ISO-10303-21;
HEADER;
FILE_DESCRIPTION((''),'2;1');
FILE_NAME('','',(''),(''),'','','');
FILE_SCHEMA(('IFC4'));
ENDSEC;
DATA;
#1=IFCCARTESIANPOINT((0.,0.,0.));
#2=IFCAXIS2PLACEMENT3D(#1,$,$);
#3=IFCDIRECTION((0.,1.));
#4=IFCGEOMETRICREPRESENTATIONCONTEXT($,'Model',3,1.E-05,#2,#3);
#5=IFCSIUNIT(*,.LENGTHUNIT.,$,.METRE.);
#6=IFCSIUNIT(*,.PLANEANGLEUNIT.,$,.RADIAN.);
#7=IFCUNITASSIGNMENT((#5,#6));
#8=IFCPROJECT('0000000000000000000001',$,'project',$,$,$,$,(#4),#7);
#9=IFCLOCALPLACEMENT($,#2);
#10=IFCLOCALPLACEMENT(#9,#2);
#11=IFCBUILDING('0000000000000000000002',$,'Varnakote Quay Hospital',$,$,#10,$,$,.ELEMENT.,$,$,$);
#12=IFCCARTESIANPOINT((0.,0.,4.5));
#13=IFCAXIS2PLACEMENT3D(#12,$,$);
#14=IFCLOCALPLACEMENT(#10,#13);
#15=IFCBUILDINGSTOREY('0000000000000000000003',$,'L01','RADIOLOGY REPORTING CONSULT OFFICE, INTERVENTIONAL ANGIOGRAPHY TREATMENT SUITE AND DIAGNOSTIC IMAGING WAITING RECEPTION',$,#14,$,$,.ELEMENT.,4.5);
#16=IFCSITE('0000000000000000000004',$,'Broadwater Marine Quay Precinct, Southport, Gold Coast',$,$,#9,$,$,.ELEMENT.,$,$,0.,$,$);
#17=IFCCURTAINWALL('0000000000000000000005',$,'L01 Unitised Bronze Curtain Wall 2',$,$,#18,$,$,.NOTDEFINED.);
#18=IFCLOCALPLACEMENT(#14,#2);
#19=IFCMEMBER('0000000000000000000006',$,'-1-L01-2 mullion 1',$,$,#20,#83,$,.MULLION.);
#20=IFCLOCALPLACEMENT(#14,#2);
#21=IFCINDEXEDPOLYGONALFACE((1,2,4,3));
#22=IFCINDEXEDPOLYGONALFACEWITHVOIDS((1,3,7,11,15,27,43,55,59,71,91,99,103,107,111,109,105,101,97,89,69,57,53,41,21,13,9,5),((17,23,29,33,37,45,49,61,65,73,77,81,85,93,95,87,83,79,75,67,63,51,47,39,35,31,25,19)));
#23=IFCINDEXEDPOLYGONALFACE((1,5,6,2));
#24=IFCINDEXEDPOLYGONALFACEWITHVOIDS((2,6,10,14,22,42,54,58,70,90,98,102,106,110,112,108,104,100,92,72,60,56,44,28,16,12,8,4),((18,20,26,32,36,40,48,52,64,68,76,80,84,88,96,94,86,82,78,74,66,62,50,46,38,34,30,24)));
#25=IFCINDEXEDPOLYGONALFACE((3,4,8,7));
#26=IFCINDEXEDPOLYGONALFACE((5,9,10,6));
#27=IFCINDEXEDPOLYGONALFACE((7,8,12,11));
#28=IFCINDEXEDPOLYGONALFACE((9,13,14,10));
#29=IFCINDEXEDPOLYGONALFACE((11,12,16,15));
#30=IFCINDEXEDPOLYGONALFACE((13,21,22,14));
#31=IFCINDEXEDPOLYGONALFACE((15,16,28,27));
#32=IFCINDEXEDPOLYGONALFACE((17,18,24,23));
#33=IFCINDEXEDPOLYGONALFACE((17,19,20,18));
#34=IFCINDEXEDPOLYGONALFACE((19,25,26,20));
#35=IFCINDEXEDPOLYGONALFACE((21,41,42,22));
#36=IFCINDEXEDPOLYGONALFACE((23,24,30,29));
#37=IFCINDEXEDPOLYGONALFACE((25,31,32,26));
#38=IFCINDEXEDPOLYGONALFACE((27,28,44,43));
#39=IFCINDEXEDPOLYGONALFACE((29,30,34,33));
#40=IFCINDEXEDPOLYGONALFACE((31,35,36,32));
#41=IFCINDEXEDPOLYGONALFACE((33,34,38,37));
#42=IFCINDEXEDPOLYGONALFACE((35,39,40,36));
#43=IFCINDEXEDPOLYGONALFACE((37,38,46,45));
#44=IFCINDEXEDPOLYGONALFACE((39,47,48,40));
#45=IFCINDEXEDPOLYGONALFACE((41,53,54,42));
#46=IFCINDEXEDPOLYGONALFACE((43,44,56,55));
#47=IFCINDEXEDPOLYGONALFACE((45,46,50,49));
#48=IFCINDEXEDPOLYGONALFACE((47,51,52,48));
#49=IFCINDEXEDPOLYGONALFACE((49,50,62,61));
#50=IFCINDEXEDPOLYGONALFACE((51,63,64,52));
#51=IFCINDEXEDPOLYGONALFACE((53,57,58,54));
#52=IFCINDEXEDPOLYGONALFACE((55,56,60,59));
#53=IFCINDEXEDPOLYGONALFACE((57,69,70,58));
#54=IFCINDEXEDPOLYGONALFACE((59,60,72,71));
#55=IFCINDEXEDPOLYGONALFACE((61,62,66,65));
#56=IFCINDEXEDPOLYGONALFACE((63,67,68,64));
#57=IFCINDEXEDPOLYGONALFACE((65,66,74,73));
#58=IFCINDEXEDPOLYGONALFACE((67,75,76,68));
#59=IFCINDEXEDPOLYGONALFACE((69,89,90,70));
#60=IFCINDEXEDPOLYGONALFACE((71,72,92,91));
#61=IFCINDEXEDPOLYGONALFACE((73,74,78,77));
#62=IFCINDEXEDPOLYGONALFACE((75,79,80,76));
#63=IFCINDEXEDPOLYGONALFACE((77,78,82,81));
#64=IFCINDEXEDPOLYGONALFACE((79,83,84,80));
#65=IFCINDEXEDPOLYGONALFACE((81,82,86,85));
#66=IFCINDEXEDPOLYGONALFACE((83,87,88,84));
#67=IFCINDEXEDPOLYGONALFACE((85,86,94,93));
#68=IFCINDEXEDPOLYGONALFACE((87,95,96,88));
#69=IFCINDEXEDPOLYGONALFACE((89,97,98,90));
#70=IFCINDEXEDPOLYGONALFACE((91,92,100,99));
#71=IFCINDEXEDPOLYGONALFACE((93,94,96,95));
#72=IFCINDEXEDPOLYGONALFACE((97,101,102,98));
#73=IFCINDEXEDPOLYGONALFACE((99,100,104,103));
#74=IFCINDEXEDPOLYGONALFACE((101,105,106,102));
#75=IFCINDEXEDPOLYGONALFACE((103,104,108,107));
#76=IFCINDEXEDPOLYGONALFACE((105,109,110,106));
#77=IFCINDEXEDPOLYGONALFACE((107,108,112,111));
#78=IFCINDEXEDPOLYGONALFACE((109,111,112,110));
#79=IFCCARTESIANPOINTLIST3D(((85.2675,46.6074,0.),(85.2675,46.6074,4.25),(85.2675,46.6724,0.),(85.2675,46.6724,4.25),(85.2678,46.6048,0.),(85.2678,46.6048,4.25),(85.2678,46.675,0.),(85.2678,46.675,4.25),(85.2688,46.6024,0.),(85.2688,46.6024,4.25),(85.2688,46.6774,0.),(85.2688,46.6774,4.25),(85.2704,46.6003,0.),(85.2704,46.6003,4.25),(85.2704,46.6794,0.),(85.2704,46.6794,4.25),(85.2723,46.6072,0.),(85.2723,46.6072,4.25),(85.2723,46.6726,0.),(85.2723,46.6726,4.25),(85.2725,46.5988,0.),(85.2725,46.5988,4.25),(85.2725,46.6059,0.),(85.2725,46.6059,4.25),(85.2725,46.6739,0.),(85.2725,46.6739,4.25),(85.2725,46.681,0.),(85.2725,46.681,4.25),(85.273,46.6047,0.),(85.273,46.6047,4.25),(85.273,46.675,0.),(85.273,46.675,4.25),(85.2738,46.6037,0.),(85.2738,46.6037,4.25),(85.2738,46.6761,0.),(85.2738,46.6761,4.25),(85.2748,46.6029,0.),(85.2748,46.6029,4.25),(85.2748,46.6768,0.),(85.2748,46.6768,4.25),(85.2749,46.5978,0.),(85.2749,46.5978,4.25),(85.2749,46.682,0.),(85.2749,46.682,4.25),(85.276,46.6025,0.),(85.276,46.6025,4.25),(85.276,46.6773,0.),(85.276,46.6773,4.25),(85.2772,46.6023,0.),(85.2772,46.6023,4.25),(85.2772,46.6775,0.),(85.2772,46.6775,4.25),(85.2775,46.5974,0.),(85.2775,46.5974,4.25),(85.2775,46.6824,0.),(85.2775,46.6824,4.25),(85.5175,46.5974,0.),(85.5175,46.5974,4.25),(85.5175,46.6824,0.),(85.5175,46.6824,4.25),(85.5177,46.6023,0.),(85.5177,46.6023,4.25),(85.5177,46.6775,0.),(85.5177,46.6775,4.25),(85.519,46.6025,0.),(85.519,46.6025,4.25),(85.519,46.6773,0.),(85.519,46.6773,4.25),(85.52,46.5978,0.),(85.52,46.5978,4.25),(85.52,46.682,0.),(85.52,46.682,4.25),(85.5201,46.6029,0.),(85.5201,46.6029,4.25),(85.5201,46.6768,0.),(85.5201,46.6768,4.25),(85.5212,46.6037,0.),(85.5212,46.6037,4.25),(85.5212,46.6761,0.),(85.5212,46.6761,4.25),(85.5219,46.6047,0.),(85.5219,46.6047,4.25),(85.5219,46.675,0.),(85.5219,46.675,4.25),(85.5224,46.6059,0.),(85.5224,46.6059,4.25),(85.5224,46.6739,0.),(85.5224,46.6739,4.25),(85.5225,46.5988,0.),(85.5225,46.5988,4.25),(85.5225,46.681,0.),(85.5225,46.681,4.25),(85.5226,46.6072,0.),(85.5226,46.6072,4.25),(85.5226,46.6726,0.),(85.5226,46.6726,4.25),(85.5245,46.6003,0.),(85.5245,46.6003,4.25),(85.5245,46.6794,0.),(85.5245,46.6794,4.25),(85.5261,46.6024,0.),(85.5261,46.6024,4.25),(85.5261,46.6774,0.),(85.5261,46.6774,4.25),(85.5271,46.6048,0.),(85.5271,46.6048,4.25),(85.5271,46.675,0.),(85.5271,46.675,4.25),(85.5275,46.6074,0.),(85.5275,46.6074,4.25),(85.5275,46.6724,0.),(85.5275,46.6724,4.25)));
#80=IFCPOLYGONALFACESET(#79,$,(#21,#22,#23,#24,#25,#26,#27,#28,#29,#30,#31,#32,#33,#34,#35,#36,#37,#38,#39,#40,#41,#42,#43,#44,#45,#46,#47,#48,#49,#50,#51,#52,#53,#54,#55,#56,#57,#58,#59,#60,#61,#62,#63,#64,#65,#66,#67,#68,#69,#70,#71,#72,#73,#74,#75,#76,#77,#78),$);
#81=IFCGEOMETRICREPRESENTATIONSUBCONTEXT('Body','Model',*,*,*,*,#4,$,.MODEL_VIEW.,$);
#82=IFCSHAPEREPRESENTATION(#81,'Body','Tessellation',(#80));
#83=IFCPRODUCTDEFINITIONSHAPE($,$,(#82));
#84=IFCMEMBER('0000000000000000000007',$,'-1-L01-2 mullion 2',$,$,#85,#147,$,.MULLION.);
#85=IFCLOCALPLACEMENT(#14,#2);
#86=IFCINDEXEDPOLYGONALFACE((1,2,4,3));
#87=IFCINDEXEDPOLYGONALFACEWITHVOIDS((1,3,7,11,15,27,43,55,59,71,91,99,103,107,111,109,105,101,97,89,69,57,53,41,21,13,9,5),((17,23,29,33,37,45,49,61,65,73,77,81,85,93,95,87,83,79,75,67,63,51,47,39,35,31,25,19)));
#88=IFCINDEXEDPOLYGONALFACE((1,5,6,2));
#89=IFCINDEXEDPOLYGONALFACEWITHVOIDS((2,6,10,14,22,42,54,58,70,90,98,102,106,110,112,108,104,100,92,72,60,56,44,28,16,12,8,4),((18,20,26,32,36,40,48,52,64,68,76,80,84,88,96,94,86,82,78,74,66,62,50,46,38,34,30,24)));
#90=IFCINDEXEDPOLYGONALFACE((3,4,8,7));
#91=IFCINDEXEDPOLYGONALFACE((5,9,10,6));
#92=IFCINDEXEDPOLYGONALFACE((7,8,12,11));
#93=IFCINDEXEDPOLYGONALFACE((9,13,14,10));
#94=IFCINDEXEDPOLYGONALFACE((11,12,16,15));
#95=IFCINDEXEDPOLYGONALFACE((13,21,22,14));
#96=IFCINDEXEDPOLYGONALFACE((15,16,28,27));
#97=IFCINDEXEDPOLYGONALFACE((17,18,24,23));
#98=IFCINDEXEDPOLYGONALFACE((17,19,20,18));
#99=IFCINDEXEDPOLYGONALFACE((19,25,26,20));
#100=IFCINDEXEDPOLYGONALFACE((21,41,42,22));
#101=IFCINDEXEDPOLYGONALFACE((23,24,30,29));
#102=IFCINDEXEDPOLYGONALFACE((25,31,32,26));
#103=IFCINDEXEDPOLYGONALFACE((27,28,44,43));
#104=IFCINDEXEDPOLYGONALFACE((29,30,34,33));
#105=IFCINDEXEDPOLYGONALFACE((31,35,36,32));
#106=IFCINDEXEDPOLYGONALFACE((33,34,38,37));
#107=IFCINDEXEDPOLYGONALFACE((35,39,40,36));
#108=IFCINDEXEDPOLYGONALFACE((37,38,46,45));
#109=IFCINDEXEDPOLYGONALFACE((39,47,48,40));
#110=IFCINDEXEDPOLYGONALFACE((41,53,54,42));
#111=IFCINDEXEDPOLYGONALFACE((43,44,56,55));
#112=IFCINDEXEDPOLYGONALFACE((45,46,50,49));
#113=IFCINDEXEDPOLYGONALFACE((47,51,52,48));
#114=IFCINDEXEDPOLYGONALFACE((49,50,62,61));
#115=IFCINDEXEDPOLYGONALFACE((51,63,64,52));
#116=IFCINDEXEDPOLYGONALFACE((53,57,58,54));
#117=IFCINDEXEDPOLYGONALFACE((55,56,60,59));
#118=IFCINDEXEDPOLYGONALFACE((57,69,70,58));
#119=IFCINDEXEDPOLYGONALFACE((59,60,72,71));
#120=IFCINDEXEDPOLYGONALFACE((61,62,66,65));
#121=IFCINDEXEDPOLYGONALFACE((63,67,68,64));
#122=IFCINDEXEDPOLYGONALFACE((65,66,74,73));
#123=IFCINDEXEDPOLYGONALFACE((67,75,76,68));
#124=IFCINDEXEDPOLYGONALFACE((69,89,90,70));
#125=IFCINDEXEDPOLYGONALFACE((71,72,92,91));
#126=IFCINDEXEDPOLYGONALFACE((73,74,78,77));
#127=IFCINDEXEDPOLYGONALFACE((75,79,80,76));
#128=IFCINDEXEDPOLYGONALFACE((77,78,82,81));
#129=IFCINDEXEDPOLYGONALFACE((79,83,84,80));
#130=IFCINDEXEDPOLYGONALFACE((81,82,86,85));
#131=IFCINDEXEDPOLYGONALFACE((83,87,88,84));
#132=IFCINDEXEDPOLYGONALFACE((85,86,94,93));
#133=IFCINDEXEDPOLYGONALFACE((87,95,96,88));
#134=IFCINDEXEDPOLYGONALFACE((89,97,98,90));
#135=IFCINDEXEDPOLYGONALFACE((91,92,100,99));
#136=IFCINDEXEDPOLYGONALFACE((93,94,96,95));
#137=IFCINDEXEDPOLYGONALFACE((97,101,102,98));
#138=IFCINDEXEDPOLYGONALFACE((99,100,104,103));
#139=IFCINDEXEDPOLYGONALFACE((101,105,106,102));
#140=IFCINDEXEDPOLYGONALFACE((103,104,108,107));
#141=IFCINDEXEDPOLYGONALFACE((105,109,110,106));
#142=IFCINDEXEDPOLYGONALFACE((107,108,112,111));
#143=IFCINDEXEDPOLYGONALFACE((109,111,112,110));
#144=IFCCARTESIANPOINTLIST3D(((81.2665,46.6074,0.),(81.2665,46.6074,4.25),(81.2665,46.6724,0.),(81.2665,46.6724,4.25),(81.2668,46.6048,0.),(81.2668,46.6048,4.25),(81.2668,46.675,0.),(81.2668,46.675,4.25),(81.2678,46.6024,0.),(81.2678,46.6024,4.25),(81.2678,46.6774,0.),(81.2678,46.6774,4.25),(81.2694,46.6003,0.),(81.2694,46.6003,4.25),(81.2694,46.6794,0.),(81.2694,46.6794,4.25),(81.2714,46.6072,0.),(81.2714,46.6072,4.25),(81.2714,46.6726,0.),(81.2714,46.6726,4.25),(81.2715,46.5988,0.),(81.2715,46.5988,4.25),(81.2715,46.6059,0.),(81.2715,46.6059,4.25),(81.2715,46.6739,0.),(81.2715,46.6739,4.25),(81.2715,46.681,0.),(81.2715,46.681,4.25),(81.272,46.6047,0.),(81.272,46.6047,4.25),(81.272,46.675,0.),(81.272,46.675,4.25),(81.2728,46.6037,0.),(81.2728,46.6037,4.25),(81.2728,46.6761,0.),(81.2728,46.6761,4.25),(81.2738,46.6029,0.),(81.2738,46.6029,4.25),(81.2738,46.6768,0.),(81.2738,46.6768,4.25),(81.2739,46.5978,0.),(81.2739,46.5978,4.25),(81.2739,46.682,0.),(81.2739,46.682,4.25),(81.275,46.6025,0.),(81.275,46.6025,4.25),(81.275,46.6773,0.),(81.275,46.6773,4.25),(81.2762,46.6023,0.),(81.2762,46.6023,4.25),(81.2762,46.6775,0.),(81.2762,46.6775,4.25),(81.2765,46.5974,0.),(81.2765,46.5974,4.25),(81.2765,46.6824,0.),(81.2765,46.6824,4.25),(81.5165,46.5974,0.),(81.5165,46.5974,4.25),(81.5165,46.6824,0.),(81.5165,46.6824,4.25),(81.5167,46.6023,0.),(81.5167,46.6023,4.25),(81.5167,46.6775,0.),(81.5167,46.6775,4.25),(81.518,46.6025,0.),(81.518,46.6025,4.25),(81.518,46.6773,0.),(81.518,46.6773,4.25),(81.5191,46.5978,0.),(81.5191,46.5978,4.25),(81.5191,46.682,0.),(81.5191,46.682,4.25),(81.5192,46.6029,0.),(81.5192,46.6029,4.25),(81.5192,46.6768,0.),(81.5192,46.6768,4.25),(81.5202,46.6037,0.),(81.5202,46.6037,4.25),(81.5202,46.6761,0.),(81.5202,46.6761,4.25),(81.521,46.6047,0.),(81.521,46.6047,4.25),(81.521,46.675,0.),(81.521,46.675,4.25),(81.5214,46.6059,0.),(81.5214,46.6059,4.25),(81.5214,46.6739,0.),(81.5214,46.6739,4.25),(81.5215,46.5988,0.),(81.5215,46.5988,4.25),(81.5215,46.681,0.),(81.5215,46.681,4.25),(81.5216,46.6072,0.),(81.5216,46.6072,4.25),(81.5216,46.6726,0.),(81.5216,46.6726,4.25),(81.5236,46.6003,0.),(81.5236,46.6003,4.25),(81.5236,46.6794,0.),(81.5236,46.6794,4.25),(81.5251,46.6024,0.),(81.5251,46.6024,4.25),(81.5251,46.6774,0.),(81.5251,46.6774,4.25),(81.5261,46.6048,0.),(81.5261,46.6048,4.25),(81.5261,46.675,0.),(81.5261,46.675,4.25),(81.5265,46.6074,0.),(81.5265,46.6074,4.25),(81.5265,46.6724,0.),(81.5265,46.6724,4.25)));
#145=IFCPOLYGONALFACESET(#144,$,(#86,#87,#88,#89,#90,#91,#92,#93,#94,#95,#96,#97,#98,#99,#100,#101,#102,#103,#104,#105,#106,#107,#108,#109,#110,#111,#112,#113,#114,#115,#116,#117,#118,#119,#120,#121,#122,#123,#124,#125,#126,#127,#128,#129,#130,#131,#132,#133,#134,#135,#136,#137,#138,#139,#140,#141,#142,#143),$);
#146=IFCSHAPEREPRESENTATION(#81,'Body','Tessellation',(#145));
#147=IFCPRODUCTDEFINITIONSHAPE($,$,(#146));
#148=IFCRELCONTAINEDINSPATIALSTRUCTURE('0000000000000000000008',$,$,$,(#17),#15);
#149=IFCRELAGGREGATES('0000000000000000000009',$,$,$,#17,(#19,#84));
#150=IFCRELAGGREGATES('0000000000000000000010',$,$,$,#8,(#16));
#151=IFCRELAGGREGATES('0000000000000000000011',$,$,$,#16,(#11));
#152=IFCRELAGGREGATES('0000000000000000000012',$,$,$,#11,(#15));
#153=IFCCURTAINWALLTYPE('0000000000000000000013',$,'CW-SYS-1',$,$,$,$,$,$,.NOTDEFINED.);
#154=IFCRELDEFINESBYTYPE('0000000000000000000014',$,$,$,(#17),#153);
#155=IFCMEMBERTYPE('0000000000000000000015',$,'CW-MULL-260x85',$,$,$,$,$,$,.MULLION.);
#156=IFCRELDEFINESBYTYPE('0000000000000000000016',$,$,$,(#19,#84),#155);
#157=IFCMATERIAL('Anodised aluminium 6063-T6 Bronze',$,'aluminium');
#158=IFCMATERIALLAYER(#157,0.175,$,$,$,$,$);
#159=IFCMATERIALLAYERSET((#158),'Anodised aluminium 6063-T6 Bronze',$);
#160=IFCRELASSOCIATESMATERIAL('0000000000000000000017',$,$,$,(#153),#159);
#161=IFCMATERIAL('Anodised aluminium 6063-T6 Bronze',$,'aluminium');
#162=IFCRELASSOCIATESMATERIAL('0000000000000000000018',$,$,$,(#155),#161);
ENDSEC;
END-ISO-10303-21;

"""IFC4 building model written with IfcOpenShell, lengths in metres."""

from ifc_helpers import new_model, si_unit, direction, frame, origin, origin_2d, place, context, subcontext, project, spatial, hollow_rectangle, extrude, material, layer, layer_set, material_profile, profile_set, type_object, element, aggregate, save


model = new_model("IFC4")

# Units and contexts
model_context = context("Model", 3, precision=1e-05, world=origin(), true_north=direction((0.0, 1.0)))
body_context = subcontext(model_context, "Body", "Model", "MODEL_VIEW")
ifc_project = project(units=[si_unit("LENGTHUNIT", "METRE"), si_unit("PLANEANGLEUNIT", "RADIAN")], contexts=[model_context])

# Site, building, storey
site_placement = place(None, origin())
site = spatial("IfcSite", under=ifc_project, at=site_placement, Name="Broadwater Marine Quay Precinct, Southport, Gold Coast", CompositionType="ELEMENT", RefElevation=0.0)
building_placement = place(site_placement, origin())
building = spatial("IfcBuilding", under=site, at=building_placement, Name="Varnakote Quay Hospital", CompositionType="ELEMENT")
storey_placement = place(building_placement, frame((0.0, 0.0, 4.5)))
storey = spatial("IfcBuildingStorey", under=building, at=storey_placement, Name="L01", Description="RADIOLOGY REPORTING CONSULT OFFICE, INTERVENTIONAL ANGIOGRAPHY TREATMENT SUITE AND DIAGNOSTIC IMAGING WAITING RECEPTION", CompositionType="ELEMENT", Elevation=4.5)

# Shared definitions
ifc_material_1 = material(Name="Anodised aluminium 6063-T6 Bronze", Category="aluminium")
ifc_layer_1 = layer(ifc_material_1, 0.175)
ifc_layer_set_1 = layer_set([ifc_layer_1], Name="Anodised aluminium 6063-T6 Bronze")
curtain_wall_type = type_object("IfcCurtainWallType", Name="CW-SYS-1", PredefinedType="NOTDEFINED", material=ifc_layer_set_1)
ifc_material_2 = material(Name="Anodised aluminium 6063-T6 Bronze", Category="aluminium")
ifc_material_profile_1 = material_profile(ifc_material_2, hollow_rectangle(XDim=0.085, YDim=0.26, WallThickness=0.0049, InnerFilletRadius=0.0049, OuterFilletRadius=0.01, at=origin_2d()), Name="CW-MULL-260x85")
ifc_profile_set_1 = profile_set([ifc_material_profile_1], Name="Anodised aluminium 6063-T6 Bronze")
member_type_1 = type_object("IfcMemberType", Name="CW-MULL-260x85", PredefinedType="MULLION", material=ifc_profile_set_1)

# Curtain wall, members
curtain_wall_1_placement = place(storey_placement, origin())
curtain_wall_1 = element("IfcCurtainWall", 1, at=curtain_wall_1_placement, inside=storey, type_object=curtain_wall_type, Name="L01 Unitised Bronze Curtain Wall 2", PredefinedType="NOTDEFINED")
member_1_placement = place(storey_placement, frame((85.3975, 46.6399, 0.0), z_axis=(0.0, 0.0, 1.0), x_axis=(0.0, -1.0, 0.0)))
member_1 = element("IfcMember", 2, at=member_1_placement, type_object=member_type_1, Name="-1-L01-2 mullion 1", PredefinedType="MULLION", context=body_context, shape_type="SweptSolid", body=[
    extrude(hollow_rectangle(XDim=0.085, YDim=0.26, WallThickness=0.0049, InnerFilletRadius=0.0049, OuterFilletRadius=0.01, at=origin_2d()), origin(), (0.0, 0.0, 1.0), 4.25),
])
member_2_placement = place(storey_placement, frame((81.3965, 46.6399, 0.0), z_axis=(0.0, 0.0, 1.0), x_axis=(0.0, -1.0, 0.0)))
member_2 = element("IfcMember", 3, at=member_2_placement, type_object=member_type_1, Name="-1-L01-2 mullion 2", PredefinedType="MULLION", context=body_context, shape_type="SweptSolid", body=[
    extrude(hollow_rectangle(XDim=0.085, YDim=0.26, WallThickness=0.0049, InnerFilletRadius=0.0049, OuterFilletRadius=0.01, at=origin_2d()), origin(), (0.0, 0.0, 1.0), 4.25),
])

aggregate(curtain_wall_1, [member_1, member_2])

save(model, "model.ifc")
